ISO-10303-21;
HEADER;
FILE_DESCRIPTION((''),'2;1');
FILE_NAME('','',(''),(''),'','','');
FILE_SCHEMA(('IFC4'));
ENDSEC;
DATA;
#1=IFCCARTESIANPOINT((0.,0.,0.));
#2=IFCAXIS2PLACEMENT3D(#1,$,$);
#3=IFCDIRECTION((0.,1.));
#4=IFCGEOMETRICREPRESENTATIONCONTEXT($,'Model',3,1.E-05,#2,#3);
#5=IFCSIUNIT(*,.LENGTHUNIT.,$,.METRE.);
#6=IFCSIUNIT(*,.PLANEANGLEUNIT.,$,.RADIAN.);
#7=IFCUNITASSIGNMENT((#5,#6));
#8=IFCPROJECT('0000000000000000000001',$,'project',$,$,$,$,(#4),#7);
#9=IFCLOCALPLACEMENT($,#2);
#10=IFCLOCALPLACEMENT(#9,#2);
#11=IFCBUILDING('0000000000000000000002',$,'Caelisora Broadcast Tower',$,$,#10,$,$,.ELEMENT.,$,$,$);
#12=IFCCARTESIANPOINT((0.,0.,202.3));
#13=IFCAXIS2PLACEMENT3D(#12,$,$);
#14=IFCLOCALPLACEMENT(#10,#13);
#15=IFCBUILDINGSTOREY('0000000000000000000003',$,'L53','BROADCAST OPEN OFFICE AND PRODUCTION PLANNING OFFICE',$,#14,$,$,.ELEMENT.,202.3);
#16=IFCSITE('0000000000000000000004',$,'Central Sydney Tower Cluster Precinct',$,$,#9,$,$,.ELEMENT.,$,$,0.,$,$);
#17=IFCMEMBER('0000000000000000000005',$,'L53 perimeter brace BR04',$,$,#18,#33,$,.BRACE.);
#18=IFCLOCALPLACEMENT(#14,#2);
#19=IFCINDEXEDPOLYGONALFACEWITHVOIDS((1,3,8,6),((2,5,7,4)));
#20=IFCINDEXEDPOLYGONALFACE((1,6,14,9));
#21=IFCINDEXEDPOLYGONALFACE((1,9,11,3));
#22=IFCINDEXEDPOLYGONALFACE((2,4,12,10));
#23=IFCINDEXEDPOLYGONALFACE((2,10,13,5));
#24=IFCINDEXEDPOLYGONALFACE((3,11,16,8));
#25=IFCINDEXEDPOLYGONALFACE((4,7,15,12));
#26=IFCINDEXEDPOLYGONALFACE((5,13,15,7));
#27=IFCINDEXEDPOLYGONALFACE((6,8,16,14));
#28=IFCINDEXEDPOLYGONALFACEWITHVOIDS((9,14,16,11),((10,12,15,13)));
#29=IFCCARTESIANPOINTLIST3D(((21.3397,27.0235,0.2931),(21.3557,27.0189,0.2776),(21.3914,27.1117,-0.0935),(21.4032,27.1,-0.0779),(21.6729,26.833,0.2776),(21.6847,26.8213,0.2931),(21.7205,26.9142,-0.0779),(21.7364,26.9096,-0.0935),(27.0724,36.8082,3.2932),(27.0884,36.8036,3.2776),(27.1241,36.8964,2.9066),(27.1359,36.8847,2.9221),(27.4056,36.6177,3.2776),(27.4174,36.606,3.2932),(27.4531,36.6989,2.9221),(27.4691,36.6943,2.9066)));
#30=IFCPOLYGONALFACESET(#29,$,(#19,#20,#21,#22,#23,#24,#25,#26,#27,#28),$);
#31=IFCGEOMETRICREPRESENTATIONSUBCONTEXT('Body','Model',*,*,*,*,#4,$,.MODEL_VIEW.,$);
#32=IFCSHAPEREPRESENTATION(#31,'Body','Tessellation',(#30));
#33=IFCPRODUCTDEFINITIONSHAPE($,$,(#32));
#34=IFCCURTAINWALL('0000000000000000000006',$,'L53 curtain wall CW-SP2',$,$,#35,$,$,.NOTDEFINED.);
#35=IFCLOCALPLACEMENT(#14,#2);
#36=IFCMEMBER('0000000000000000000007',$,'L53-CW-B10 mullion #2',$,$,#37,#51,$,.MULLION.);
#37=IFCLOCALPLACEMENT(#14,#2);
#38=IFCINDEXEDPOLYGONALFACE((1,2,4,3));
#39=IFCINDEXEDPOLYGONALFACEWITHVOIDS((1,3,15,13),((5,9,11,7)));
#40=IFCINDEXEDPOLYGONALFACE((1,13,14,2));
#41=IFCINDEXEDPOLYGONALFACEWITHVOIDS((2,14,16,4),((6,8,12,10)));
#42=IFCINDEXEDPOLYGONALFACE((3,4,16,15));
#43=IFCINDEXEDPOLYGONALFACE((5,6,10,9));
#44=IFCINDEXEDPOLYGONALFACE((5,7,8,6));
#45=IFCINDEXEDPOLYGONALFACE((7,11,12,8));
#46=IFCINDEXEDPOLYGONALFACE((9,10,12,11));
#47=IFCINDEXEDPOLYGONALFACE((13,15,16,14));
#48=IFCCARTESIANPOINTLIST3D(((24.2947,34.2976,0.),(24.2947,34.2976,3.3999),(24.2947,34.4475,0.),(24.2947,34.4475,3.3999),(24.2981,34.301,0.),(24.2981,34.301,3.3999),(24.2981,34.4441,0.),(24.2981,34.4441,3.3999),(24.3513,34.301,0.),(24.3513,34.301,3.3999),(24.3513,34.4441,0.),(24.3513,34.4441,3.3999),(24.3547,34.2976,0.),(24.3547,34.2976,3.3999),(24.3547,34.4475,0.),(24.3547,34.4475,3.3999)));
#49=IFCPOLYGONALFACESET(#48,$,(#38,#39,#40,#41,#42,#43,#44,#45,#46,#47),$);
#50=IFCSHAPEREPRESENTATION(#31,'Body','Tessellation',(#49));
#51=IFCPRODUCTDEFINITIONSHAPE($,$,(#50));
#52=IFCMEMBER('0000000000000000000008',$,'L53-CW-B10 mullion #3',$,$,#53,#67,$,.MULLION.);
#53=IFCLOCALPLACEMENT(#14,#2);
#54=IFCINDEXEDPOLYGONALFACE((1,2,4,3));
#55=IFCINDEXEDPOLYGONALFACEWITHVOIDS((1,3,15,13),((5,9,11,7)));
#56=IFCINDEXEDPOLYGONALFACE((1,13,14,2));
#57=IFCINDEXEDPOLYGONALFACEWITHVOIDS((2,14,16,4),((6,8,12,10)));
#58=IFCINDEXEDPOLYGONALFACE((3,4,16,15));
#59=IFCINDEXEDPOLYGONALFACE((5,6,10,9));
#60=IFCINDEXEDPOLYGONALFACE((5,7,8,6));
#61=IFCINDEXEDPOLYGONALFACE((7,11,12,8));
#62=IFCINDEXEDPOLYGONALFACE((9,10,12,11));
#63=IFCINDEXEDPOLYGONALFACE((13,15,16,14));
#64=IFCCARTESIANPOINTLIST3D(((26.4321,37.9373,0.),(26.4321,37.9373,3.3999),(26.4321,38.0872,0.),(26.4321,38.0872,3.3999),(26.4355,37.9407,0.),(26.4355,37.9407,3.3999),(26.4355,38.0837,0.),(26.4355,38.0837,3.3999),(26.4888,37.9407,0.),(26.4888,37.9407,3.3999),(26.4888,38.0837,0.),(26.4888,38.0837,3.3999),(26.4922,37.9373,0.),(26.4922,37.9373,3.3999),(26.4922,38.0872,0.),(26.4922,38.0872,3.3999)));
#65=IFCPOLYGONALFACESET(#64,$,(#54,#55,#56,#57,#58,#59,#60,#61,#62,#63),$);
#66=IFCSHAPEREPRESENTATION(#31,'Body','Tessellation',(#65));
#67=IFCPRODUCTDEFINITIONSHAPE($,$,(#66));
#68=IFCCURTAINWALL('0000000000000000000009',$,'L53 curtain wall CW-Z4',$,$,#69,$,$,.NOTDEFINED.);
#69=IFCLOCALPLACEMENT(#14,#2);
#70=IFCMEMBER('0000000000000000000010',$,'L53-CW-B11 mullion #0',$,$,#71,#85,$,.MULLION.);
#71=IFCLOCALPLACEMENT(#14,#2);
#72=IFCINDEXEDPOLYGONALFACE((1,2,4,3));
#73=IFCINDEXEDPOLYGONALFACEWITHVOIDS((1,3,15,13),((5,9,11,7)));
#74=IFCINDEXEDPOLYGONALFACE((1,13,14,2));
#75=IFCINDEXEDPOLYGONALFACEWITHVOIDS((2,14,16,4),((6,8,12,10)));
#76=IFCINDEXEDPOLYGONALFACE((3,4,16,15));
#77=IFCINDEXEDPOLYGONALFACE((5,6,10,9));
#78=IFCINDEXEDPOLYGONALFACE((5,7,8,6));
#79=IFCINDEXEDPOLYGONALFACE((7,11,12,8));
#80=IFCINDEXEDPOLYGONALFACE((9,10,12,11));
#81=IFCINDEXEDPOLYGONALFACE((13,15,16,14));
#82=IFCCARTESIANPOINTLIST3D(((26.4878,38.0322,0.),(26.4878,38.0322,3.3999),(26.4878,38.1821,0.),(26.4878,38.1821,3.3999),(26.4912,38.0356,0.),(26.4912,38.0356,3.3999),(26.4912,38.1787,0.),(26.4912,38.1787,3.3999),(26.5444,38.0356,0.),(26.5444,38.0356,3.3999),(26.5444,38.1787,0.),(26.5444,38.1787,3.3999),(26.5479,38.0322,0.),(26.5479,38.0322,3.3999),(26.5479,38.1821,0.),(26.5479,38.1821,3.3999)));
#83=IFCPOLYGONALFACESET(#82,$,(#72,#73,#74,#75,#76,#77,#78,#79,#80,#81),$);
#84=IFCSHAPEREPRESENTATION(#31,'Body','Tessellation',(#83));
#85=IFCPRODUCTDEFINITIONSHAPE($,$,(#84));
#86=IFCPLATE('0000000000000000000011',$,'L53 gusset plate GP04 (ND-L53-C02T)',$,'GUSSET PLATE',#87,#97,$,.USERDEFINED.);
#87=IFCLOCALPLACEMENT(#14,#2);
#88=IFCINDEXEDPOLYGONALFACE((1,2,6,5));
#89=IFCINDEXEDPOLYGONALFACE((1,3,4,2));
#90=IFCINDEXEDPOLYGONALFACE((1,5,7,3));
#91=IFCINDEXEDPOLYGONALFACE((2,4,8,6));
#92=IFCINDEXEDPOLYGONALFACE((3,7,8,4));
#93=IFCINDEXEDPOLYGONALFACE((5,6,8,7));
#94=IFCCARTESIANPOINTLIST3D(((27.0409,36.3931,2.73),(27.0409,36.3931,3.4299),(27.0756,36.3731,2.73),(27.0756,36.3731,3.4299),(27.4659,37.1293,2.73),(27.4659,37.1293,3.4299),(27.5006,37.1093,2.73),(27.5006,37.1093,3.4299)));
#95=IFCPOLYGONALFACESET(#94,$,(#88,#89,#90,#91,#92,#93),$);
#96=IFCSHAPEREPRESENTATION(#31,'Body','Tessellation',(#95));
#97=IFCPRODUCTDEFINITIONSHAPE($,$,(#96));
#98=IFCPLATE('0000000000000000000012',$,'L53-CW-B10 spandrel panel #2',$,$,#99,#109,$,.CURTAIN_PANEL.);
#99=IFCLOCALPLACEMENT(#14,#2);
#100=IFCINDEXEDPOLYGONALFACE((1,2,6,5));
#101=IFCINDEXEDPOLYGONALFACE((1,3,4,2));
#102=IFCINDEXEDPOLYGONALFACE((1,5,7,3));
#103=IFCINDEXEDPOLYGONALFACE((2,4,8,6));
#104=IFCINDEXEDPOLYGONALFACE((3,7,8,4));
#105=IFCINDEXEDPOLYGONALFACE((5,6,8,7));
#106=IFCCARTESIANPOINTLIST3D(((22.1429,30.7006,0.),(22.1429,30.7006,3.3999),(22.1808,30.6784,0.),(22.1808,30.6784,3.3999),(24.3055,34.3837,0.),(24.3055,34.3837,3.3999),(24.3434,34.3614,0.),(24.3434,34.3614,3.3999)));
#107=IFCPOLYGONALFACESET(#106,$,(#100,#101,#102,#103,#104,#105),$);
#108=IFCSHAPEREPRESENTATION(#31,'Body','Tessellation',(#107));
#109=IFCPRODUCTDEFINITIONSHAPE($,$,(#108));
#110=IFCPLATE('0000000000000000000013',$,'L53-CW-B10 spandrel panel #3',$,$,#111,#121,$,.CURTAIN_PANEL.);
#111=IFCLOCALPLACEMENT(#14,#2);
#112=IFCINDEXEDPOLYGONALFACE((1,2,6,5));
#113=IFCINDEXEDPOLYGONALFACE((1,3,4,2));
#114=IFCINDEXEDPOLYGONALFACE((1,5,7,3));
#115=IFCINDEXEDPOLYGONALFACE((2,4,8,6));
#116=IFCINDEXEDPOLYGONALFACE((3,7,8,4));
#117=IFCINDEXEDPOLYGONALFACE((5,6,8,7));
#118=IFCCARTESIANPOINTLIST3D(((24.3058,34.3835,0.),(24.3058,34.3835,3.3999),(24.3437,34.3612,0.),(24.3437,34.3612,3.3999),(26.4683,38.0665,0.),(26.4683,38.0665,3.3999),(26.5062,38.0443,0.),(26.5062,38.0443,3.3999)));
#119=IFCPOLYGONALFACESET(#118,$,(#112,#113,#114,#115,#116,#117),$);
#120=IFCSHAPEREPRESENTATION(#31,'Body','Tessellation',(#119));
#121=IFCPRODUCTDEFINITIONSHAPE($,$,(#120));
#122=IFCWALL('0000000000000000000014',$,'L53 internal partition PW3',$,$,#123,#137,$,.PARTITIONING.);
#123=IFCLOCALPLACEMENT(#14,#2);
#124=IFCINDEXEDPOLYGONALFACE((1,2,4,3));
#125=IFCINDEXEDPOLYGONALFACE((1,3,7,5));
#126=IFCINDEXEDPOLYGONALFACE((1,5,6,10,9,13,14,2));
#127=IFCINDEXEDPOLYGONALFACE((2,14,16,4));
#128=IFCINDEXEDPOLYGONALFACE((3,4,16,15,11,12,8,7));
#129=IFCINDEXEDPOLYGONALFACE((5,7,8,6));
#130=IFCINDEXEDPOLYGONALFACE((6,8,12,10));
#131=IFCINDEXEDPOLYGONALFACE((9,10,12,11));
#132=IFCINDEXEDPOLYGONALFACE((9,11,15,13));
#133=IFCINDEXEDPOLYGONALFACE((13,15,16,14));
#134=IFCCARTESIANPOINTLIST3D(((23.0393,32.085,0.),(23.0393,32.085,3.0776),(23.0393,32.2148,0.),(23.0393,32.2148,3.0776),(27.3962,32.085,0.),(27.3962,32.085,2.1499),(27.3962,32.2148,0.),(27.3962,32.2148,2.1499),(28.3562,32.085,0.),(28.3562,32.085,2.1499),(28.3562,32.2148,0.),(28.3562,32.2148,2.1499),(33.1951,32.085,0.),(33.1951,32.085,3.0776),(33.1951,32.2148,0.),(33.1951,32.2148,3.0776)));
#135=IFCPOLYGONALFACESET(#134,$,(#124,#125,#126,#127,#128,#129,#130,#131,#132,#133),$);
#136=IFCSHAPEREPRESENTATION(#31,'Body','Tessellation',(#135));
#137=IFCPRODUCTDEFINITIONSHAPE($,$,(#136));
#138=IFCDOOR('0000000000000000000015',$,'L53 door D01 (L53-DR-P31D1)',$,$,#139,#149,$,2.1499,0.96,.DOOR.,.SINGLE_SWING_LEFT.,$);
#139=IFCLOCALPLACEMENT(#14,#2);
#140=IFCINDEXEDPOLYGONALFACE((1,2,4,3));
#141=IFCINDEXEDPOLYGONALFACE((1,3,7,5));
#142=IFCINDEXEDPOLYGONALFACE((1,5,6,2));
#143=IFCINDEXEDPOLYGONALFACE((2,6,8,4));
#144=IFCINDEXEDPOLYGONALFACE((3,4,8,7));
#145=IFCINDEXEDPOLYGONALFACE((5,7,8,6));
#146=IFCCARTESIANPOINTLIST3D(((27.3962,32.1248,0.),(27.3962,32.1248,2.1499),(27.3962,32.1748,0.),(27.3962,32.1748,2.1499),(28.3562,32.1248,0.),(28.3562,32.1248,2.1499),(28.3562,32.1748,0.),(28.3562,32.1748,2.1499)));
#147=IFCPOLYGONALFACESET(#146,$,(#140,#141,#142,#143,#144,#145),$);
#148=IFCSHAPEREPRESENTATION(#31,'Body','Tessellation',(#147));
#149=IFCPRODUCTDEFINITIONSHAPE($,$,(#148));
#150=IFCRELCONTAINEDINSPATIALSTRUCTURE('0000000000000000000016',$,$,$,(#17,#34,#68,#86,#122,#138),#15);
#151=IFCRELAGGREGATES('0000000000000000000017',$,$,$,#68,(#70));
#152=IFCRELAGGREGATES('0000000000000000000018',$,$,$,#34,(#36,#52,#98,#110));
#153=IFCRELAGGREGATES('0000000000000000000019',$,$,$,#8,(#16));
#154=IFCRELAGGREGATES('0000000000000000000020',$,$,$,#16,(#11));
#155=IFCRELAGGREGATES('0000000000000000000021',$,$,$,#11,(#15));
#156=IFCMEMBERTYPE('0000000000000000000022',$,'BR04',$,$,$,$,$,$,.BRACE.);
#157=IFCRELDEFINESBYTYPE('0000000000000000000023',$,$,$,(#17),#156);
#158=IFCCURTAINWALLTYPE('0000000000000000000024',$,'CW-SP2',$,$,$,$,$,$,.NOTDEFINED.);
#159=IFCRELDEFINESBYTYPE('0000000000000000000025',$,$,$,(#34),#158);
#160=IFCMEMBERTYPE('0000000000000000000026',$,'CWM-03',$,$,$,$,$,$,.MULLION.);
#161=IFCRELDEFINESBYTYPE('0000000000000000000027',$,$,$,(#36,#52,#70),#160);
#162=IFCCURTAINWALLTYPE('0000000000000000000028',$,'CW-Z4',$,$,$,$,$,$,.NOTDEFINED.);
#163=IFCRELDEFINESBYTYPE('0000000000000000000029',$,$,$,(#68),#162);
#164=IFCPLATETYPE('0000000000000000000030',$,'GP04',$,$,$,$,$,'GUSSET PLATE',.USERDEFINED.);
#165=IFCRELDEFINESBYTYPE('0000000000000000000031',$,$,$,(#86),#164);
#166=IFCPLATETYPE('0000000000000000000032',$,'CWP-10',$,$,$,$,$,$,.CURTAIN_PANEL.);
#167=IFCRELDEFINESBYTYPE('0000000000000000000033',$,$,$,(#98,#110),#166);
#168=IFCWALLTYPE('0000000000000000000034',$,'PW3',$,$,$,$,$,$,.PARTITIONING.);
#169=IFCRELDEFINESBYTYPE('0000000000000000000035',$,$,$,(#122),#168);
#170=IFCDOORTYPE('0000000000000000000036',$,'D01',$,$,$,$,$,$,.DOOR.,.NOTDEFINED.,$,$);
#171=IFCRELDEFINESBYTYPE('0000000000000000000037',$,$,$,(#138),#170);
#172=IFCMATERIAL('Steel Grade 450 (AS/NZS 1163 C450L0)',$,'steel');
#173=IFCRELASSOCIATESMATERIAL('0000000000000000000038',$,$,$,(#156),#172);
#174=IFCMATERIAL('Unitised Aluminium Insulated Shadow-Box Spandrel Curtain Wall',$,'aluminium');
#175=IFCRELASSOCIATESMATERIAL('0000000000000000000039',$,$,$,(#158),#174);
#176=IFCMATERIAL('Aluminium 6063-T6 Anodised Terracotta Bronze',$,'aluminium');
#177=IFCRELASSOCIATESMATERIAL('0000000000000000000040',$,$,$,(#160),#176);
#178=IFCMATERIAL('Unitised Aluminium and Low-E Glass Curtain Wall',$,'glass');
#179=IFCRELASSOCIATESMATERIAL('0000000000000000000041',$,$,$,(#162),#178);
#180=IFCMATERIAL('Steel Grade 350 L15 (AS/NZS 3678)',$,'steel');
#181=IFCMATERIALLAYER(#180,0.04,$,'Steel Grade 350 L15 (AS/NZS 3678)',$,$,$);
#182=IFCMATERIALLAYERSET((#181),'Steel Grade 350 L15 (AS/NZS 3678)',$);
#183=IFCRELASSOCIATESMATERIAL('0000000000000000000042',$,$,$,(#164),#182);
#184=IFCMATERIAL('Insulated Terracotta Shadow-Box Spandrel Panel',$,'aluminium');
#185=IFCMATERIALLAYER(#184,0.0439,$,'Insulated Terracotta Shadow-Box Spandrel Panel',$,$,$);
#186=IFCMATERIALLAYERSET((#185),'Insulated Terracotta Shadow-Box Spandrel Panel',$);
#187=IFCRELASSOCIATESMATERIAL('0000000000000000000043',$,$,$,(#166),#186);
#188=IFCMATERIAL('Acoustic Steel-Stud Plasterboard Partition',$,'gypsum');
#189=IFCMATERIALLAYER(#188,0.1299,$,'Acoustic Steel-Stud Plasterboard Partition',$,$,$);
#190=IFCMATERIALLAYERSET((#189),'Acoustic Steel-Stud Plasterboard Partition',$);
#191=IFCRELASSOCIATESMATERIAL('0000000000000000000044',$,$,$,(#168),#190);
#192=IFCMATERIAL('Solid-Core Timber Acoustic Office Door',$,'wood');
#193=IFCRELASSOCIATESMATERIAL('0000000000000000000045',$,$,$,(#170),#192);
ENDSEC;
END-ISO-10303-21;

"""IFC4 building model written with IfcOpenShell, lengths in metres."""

from ifc_helpers import new_model, si_unit, direction, frame, frame_2d, origin, origin_2d, place, context, subcontext, project, spatial, rectangle, hollow_rectangle, extrude, source, transform, mapped, material, layer, layer_set, material_profile, profile_set, type_object, type_shapes, element, fill, aggregate, save


model = new_model("IFC4")

# Units and contexts
model_context = context("Model", 3, precision=1e-05, world=origin(), true_north=direction((0.0, 1.0)))
body_context = subcontext(model_context, "Body", "Model", "MODEL_VIEW")
ifc_project = project(units=[si_unit("LENGTHUNIT", "METRE"), si_unit("PLANEANGLEUNIT", "RADIAN")], contexts=[model_context])

# Site, building, storey
site_placement = place(None, origin())
site = spatial("IfcSite", under=ifc_project, at=site_placement, Name="Central Sydney Tower Cluster Precinct", CompositionType="ELEMENT", RefElevation=0.0)
building_placement = place(site_placement, origin())
building = spatial("IfcBuilding", under=site, at=building_placement, Name="Caelisora Broadcast Tower", CompositionType="ELEMENT")
storey_placement = place(building_placement, frame((0.0, 0.0, 202.3)))
storey = spatial("IfcBuildingStorey", under=building, at=storey_placement, Name="L53", Description="BROADCAST OPEN OFFICE AND PRODUCTION PLANNING OFFICE", CompositionType="ELEMENT", Elevation=202.3)

# Shared definitions
ifc_material_1 = material(Name="Steel Grade 350 L15 (AS/NZS 3678)", Category="steel")

# Member
ifc_material_2 = material(Name="Steel Grade 450 (AS/NZS 1163 C450L0)", Category="steel")
ifc_material_profile_1 = material_profile(ifc_material_2, hollow_rectangle(XDim=0.3999, YDim=0.3999, WallThickness=0.0161, at=origin_2d()), Name="Steel Grade 450 (AS/NZS 1163 C450L0)")
ifc_profile_set_1 = profile_set([ifc_material_profile_1], Name="Steel Grade 450 (AS/NZS 1163 C450L0)")
member_type_1 = type_object("IfcMemberType", Name="BR04", PredefinedType="BRACE", material=ifc_profile_set_1)
shared_shape_1 = source(origin(), body_context, "Body", "SweptSolid", [
    extrude(hollow_rectangle(XDim=0.3999, YDim=0.3999, WallThickness=0.0161, at=origin_2d()), origin(), (0.0, 0.0, 1.0), 11.7305),
])
type_shapes(member_type_1, [shared_shape_1])
member_1_placement = place(storey_placement, frame((27.2708, 36.7512, 3.0999), z_axis=(-0.4887, -0.834126, -0.255745), x_axis=(0.86282, -0.505511, 0.0)))
element("IfcMember", 1, at=member_1_placement, inside=storey, type_object=member_type_1, Name="L53 perimeter brace BR04", PredefinedType="BRACE", context=body_context, shape_type="MappedRepresentation", body=[
    mapped(shared_shape_1, transform((0.0, 0.0, 0.0), scale=1.0)),
])

# Curtain wall, members
ifc_material_3 = material(Name="Unitised Aluminium Insulated Shadow-Box Spandrel Curtain Wall", Category="aluminium")
curtain_wall_type_1 = type_object("IfcCurtainWallType", Name="CW-SP2", PredefinedType="NOTDEFINED", material=ifc_material_3)
curtain_wall_1_placement = place(storey_placement, origin())
curtain_wall_1 = element("IfcCurtainWall", 2, at=curtain_wall_1_placement, inside=storey, type_object=curtain_wall_type_1, Name="L53 curtain wall CW-SP2", PredefinedType="NOTDEFINED")
ifc_material_4 = material(Name="Aluminium 6063-T6 Anodised Terracotta Bronze", Category="aluminium")
ifc_material_profile_2 = material_profile(ifc_material_4, hollow_rectangle(XDim=0.0601, YDim=0.1499, WallThickness=0.0034, at=origin_2d()), Name="Aluminium 6063-T6 Anodised Terracotta Bronze")
ifc_profile_set_2 = profile_set([ifc_material_profile_2], Name="Aluminium 6063-T6 Anodised Terracotta Bronze")
member_type_2 = type_object("IfcMemberType", Name="CWM-03", PredefinedType="MULLION", material=ifc_profile_set_2)
shared_shape_2 = source(origin(), body_context, "Body", "SweptSolid", [
    extrude(hollow_rectangle(XDim=0.0601, YDim=0.1499, WallThickness=0.0034, at=origin_2d()), origin(), (0.0, 0.0, 1.0), 3.3999),
])
type_shapes(member_type_2, [shared_shape_2])
member_2_placement = place(storey_placement, frame((24.3247, 34.3726, 0.0), z_axis=(0.0, 0.0, 1.0), x_axis=(1.0, 0.0, 0.0)))
member_2 = element("IfcMember", 3, at=member_2_placement, type_object=member_type_2, Name="L53-CW-B10 mullion #2", PredefinedType="MULLION", context=body_context, shape_type="MappedRepresentation", body=[
    mapped(shared_shape_2, transform((0.0, 0.0, 0.0), scale=1.0)),
])
member_3_placement = place(storey_placement, frame((26.4622, 38.0122, 0.0), z_axis=(0.0, 0.0, 1.0), x_axis=(1.0, 0.0, 0.0)))
member_3 = element("IfcMember", 4, at=member_3_placement, type_object=member_type_2, Name="L53-CW-B10 mullion #3", PredefinedType="MULLION", context=body_context, shape_type="MappedRepresentation", body=[
    mapped(shared_shape_2, transform((0.0, 0.0, 0.0), scale=1.0)),
])

# Curtain wall, member
ifc_material_5 = material(Name="Unitised Aluminium and Low-E Glass Curtain Wall", Category="glass")
curtain_wall_type_2 = type_object("IfcCurtainWallType", Name="CW-Z4", PredefinedType="NOTDEFINED", material=ifc_material_5)
curtain_wall_2_placement = place(storey_placement, origin())
curtain_wall_2 = element("IfcCurtainWall", 5, at=curtain_wall_2_placement, inside=storey, type_object=curtain_wall_type_2, Name="L53 curtain wall CW-Z4", PredefinedType="NOTDEFINED")
member_4_placement = place(storey_placement, frame((26.5178, 38.1072, 0.0), z_axis=(0.0, 0.0, 1.0), x_axis=(1.0, 0.0, 0.0)))
member_4 = element("IfcMember", 6, at=member_4_placement, type_object=member_type_2, Name="L53-CW-B11 mullion #0", PredefinedType="MULLION", context=body_context, shape_type="MappedRepresentation", body=[
    mapped(shared_shape_2, transform((0.0, 0.0, 0.0), scale=1.0)),
])
aggregate(curtain_wall_2, [member_4])

# Plates
ifc_layer_1 = layer(ifc_material_1, 0.04, Name="Steel Grade 350 L15 (AS/NZS 3678)")
ifc_layer_set_1 = layer_set([ifc_layer_1], Name="Steel Grade 350 L15 (AS/NZS 3678)")
plate_type_1 = type_object("IfcPlateType", Name="GP04", ElementType="GUSSET PLATE", PredefinedType="USERDEFINED", material=ifc_layer_set_1)
shared_shape_3 = source(origin(), body_context, "Body", "SweptSolid", [
    extrude(rectangle(XDim=0.8501, YDim=0.04, at=origin_2d()), origin(), (0.0, 0.0, 1.0), 0.7),
])
type_shapes(plate_type_1, [shared_shape_3])
plate_1_placement = place(storey_placement, frame((27.2708, 36.7512, 2.73), z_axis=(0.0, 0.0, 1.0), x_axis=(-0.5, -0.866025, 0.0)))
element("IfcPlate", 7, at=plate_1_placement, inside=storey, type_object=plate_type_1, Name="L53 gusset plate GP04 (ND-L53-C02T)", ObjectType="GUSSET PLATE", PredefinedType="USERDEFINED", context=body_context, shape_type="MappedRepresentation", body=[
    mapped(shared_shape_3, transform((0.0, 0.0, 0.0), scale=1.0)),
])
ifc_material_6 = material(Name="Insulated Terracotta Shadow-Box Spandrel Panel", Category="aluminium")
ifc_layer_2 = layer(ifc_material_6, 0.0439, Name="Insulated Terracotta Shadow-Box Spandrel Panel")
ifc_layer_set_2 = layer_set([ifc_layer_2], Name="Insulated Terracotta Shadow-Box Spandrel Panel")
plate_type_2 = type_object("IfcPlateType", Name="CWP-10", PredefinedType="CURTAIN_PANEL", material=ifc_layer_set_2)
shared_shape_4 = source(origin(), body_context, "Body", "SweptSolid", [
    extrude(rectangle(XDim=4.271, YDim=0.0439, at=origin_2d()), origin(), (0.0, 0.0, 1.0), 3.3999),
])
type_shapes(plate_type_2, [shared_shape_4])
plate_2_placement = place(storey_placement, frame((23.2432, 32.531, 0.0), z_axis=(0.0, 0.0, 1.0), x_axis=(0.506335, 0.862337, 0.0)))
plate_2 = element("IfcPlate", 8, at=plate_2_placement, type_object=plate_type_2, Name="L53-CW-B10 spandrel panel #2", PredefinedType="CURTAIN_PANEL", context=body_context, shape_type="MappedRepresentation", body=[
    mapped(shared_shape_4, transform((0.0, 0.0, 0.0), scale=1.0)),
])
plate_3_placement = place(storey_placement, frame((25.406, 36.2139, 0.0), z_axis=(0.0, 0.0, 1.0), x_axis=(0.506335, 0.862337, 0.0)))
plate_3 = element("IfcPlate", 9, at=plate_3_placement, type_object=plate_type_2, Name="L53-CW-B10 spandrel panel #3", PredefinedType="CURTAIN_PANEL", context=body_context, shape_type="MappedRepresentation", body=[
    mapped(shared_shape_4, transform((0.0, 0.0, 0.0), scale=1.0)),
])
aggregate(curtain_wall_1, [member_2, member_3, plate_2, plate_3])

# Wall, opening, door
ifc_material_7 = material(Name="Acoustic Steel-Stud Plasterboard Partition", Category="gypsum")
ifc_layer_3 = layer(ifc_material_7, 0.1299, Name="Acoustic Steel-Stud Plasterboard Partition")
ifc_layer_set_3 = layer_set([ifc_layer_3], Name="Acoustic Steel-Stud Plasterboard Partition")
wall_type = type_object("IfcWallType", Name="PW3", PredefinedType="PARTITIONING", material=ifc_layer_set_3)
wall_1_placement = place(storey_placement, frame((23.0393, 32.1499, 0.0), z_axis=(0.0, 0.0, 1.0), x_axis=(1.0, 0.0, 0.0)))
wall_1 = element("IfcWall", 10, at=wall_1_placement, inside=storey, type_object=wall_type, Name="L53 internal partition PW3", PredefinedType="PARTITIONING", context=body_context, shape_type="SweptSolid", body=[
    extrude(rectangle(XDim=10.1558, YDim=0.1299, at=frame_2d((5.0779, 0.0))), origin(), (0.0, 0.0, 1.0), 3.0776),
])
opening_1_placement = place(wall_1_placement, frame((4.3569, 0.0, 0.0)))
opening_1 = element("IfcOpeningElement", 11, at=opening_1_placement, cuts=wall_1, PredefinedType="OPENING", context=body_context, shape_type="SweptSolid", body=[
    extrude(rectangle(XDim=0.96, YDim=2.1499, at=frame_2d((0.48, 1.075))), frame((0.0, 0.0769, 0.0), z_axis=(0.0, -1.0, 0.0), x_axis=(1.0, 0.0, 0.0)), (0.0, 0.0, 1.0), 0.1538),
])
ifc_material_8 = material(Name="Solid-Core Timber Acoustic Office Door", Category="wood")
door_type = type_object("IfcDoorType", Name="D01", OperationType="NOTDEFINED", PredefinedType="DOOR", material=ifc_material_8)
door_1_placement = place(opening_1_placement, origin())
door_1 = element("IfcDoor", 12, at=door_1_placement, inside=storey, type_object=door_type, Name="L53 door D01 (L53-DR-P31D1)", OperationType="SINGLE_SWING_LEFT", OverallHeight=2.1499, OverallWidth=0.96, PredefinedType="DOOR", context=body_context, shape_type="SweptSolid", body=[
    extrude(rectangle(XDim=0.96, YDim=2.1499, at=frame_2d((0.48, 1.075))), frame((0.0, 0.0249, 0.0), z_axis=(0.0, -1.0, 0.0), x_axis=(1.0, 0.0, 0.0)), (0.0, 0.0, 1.0), 0.05),
])
fill(opening_1, door_1)

save(model, "model.ifc")
